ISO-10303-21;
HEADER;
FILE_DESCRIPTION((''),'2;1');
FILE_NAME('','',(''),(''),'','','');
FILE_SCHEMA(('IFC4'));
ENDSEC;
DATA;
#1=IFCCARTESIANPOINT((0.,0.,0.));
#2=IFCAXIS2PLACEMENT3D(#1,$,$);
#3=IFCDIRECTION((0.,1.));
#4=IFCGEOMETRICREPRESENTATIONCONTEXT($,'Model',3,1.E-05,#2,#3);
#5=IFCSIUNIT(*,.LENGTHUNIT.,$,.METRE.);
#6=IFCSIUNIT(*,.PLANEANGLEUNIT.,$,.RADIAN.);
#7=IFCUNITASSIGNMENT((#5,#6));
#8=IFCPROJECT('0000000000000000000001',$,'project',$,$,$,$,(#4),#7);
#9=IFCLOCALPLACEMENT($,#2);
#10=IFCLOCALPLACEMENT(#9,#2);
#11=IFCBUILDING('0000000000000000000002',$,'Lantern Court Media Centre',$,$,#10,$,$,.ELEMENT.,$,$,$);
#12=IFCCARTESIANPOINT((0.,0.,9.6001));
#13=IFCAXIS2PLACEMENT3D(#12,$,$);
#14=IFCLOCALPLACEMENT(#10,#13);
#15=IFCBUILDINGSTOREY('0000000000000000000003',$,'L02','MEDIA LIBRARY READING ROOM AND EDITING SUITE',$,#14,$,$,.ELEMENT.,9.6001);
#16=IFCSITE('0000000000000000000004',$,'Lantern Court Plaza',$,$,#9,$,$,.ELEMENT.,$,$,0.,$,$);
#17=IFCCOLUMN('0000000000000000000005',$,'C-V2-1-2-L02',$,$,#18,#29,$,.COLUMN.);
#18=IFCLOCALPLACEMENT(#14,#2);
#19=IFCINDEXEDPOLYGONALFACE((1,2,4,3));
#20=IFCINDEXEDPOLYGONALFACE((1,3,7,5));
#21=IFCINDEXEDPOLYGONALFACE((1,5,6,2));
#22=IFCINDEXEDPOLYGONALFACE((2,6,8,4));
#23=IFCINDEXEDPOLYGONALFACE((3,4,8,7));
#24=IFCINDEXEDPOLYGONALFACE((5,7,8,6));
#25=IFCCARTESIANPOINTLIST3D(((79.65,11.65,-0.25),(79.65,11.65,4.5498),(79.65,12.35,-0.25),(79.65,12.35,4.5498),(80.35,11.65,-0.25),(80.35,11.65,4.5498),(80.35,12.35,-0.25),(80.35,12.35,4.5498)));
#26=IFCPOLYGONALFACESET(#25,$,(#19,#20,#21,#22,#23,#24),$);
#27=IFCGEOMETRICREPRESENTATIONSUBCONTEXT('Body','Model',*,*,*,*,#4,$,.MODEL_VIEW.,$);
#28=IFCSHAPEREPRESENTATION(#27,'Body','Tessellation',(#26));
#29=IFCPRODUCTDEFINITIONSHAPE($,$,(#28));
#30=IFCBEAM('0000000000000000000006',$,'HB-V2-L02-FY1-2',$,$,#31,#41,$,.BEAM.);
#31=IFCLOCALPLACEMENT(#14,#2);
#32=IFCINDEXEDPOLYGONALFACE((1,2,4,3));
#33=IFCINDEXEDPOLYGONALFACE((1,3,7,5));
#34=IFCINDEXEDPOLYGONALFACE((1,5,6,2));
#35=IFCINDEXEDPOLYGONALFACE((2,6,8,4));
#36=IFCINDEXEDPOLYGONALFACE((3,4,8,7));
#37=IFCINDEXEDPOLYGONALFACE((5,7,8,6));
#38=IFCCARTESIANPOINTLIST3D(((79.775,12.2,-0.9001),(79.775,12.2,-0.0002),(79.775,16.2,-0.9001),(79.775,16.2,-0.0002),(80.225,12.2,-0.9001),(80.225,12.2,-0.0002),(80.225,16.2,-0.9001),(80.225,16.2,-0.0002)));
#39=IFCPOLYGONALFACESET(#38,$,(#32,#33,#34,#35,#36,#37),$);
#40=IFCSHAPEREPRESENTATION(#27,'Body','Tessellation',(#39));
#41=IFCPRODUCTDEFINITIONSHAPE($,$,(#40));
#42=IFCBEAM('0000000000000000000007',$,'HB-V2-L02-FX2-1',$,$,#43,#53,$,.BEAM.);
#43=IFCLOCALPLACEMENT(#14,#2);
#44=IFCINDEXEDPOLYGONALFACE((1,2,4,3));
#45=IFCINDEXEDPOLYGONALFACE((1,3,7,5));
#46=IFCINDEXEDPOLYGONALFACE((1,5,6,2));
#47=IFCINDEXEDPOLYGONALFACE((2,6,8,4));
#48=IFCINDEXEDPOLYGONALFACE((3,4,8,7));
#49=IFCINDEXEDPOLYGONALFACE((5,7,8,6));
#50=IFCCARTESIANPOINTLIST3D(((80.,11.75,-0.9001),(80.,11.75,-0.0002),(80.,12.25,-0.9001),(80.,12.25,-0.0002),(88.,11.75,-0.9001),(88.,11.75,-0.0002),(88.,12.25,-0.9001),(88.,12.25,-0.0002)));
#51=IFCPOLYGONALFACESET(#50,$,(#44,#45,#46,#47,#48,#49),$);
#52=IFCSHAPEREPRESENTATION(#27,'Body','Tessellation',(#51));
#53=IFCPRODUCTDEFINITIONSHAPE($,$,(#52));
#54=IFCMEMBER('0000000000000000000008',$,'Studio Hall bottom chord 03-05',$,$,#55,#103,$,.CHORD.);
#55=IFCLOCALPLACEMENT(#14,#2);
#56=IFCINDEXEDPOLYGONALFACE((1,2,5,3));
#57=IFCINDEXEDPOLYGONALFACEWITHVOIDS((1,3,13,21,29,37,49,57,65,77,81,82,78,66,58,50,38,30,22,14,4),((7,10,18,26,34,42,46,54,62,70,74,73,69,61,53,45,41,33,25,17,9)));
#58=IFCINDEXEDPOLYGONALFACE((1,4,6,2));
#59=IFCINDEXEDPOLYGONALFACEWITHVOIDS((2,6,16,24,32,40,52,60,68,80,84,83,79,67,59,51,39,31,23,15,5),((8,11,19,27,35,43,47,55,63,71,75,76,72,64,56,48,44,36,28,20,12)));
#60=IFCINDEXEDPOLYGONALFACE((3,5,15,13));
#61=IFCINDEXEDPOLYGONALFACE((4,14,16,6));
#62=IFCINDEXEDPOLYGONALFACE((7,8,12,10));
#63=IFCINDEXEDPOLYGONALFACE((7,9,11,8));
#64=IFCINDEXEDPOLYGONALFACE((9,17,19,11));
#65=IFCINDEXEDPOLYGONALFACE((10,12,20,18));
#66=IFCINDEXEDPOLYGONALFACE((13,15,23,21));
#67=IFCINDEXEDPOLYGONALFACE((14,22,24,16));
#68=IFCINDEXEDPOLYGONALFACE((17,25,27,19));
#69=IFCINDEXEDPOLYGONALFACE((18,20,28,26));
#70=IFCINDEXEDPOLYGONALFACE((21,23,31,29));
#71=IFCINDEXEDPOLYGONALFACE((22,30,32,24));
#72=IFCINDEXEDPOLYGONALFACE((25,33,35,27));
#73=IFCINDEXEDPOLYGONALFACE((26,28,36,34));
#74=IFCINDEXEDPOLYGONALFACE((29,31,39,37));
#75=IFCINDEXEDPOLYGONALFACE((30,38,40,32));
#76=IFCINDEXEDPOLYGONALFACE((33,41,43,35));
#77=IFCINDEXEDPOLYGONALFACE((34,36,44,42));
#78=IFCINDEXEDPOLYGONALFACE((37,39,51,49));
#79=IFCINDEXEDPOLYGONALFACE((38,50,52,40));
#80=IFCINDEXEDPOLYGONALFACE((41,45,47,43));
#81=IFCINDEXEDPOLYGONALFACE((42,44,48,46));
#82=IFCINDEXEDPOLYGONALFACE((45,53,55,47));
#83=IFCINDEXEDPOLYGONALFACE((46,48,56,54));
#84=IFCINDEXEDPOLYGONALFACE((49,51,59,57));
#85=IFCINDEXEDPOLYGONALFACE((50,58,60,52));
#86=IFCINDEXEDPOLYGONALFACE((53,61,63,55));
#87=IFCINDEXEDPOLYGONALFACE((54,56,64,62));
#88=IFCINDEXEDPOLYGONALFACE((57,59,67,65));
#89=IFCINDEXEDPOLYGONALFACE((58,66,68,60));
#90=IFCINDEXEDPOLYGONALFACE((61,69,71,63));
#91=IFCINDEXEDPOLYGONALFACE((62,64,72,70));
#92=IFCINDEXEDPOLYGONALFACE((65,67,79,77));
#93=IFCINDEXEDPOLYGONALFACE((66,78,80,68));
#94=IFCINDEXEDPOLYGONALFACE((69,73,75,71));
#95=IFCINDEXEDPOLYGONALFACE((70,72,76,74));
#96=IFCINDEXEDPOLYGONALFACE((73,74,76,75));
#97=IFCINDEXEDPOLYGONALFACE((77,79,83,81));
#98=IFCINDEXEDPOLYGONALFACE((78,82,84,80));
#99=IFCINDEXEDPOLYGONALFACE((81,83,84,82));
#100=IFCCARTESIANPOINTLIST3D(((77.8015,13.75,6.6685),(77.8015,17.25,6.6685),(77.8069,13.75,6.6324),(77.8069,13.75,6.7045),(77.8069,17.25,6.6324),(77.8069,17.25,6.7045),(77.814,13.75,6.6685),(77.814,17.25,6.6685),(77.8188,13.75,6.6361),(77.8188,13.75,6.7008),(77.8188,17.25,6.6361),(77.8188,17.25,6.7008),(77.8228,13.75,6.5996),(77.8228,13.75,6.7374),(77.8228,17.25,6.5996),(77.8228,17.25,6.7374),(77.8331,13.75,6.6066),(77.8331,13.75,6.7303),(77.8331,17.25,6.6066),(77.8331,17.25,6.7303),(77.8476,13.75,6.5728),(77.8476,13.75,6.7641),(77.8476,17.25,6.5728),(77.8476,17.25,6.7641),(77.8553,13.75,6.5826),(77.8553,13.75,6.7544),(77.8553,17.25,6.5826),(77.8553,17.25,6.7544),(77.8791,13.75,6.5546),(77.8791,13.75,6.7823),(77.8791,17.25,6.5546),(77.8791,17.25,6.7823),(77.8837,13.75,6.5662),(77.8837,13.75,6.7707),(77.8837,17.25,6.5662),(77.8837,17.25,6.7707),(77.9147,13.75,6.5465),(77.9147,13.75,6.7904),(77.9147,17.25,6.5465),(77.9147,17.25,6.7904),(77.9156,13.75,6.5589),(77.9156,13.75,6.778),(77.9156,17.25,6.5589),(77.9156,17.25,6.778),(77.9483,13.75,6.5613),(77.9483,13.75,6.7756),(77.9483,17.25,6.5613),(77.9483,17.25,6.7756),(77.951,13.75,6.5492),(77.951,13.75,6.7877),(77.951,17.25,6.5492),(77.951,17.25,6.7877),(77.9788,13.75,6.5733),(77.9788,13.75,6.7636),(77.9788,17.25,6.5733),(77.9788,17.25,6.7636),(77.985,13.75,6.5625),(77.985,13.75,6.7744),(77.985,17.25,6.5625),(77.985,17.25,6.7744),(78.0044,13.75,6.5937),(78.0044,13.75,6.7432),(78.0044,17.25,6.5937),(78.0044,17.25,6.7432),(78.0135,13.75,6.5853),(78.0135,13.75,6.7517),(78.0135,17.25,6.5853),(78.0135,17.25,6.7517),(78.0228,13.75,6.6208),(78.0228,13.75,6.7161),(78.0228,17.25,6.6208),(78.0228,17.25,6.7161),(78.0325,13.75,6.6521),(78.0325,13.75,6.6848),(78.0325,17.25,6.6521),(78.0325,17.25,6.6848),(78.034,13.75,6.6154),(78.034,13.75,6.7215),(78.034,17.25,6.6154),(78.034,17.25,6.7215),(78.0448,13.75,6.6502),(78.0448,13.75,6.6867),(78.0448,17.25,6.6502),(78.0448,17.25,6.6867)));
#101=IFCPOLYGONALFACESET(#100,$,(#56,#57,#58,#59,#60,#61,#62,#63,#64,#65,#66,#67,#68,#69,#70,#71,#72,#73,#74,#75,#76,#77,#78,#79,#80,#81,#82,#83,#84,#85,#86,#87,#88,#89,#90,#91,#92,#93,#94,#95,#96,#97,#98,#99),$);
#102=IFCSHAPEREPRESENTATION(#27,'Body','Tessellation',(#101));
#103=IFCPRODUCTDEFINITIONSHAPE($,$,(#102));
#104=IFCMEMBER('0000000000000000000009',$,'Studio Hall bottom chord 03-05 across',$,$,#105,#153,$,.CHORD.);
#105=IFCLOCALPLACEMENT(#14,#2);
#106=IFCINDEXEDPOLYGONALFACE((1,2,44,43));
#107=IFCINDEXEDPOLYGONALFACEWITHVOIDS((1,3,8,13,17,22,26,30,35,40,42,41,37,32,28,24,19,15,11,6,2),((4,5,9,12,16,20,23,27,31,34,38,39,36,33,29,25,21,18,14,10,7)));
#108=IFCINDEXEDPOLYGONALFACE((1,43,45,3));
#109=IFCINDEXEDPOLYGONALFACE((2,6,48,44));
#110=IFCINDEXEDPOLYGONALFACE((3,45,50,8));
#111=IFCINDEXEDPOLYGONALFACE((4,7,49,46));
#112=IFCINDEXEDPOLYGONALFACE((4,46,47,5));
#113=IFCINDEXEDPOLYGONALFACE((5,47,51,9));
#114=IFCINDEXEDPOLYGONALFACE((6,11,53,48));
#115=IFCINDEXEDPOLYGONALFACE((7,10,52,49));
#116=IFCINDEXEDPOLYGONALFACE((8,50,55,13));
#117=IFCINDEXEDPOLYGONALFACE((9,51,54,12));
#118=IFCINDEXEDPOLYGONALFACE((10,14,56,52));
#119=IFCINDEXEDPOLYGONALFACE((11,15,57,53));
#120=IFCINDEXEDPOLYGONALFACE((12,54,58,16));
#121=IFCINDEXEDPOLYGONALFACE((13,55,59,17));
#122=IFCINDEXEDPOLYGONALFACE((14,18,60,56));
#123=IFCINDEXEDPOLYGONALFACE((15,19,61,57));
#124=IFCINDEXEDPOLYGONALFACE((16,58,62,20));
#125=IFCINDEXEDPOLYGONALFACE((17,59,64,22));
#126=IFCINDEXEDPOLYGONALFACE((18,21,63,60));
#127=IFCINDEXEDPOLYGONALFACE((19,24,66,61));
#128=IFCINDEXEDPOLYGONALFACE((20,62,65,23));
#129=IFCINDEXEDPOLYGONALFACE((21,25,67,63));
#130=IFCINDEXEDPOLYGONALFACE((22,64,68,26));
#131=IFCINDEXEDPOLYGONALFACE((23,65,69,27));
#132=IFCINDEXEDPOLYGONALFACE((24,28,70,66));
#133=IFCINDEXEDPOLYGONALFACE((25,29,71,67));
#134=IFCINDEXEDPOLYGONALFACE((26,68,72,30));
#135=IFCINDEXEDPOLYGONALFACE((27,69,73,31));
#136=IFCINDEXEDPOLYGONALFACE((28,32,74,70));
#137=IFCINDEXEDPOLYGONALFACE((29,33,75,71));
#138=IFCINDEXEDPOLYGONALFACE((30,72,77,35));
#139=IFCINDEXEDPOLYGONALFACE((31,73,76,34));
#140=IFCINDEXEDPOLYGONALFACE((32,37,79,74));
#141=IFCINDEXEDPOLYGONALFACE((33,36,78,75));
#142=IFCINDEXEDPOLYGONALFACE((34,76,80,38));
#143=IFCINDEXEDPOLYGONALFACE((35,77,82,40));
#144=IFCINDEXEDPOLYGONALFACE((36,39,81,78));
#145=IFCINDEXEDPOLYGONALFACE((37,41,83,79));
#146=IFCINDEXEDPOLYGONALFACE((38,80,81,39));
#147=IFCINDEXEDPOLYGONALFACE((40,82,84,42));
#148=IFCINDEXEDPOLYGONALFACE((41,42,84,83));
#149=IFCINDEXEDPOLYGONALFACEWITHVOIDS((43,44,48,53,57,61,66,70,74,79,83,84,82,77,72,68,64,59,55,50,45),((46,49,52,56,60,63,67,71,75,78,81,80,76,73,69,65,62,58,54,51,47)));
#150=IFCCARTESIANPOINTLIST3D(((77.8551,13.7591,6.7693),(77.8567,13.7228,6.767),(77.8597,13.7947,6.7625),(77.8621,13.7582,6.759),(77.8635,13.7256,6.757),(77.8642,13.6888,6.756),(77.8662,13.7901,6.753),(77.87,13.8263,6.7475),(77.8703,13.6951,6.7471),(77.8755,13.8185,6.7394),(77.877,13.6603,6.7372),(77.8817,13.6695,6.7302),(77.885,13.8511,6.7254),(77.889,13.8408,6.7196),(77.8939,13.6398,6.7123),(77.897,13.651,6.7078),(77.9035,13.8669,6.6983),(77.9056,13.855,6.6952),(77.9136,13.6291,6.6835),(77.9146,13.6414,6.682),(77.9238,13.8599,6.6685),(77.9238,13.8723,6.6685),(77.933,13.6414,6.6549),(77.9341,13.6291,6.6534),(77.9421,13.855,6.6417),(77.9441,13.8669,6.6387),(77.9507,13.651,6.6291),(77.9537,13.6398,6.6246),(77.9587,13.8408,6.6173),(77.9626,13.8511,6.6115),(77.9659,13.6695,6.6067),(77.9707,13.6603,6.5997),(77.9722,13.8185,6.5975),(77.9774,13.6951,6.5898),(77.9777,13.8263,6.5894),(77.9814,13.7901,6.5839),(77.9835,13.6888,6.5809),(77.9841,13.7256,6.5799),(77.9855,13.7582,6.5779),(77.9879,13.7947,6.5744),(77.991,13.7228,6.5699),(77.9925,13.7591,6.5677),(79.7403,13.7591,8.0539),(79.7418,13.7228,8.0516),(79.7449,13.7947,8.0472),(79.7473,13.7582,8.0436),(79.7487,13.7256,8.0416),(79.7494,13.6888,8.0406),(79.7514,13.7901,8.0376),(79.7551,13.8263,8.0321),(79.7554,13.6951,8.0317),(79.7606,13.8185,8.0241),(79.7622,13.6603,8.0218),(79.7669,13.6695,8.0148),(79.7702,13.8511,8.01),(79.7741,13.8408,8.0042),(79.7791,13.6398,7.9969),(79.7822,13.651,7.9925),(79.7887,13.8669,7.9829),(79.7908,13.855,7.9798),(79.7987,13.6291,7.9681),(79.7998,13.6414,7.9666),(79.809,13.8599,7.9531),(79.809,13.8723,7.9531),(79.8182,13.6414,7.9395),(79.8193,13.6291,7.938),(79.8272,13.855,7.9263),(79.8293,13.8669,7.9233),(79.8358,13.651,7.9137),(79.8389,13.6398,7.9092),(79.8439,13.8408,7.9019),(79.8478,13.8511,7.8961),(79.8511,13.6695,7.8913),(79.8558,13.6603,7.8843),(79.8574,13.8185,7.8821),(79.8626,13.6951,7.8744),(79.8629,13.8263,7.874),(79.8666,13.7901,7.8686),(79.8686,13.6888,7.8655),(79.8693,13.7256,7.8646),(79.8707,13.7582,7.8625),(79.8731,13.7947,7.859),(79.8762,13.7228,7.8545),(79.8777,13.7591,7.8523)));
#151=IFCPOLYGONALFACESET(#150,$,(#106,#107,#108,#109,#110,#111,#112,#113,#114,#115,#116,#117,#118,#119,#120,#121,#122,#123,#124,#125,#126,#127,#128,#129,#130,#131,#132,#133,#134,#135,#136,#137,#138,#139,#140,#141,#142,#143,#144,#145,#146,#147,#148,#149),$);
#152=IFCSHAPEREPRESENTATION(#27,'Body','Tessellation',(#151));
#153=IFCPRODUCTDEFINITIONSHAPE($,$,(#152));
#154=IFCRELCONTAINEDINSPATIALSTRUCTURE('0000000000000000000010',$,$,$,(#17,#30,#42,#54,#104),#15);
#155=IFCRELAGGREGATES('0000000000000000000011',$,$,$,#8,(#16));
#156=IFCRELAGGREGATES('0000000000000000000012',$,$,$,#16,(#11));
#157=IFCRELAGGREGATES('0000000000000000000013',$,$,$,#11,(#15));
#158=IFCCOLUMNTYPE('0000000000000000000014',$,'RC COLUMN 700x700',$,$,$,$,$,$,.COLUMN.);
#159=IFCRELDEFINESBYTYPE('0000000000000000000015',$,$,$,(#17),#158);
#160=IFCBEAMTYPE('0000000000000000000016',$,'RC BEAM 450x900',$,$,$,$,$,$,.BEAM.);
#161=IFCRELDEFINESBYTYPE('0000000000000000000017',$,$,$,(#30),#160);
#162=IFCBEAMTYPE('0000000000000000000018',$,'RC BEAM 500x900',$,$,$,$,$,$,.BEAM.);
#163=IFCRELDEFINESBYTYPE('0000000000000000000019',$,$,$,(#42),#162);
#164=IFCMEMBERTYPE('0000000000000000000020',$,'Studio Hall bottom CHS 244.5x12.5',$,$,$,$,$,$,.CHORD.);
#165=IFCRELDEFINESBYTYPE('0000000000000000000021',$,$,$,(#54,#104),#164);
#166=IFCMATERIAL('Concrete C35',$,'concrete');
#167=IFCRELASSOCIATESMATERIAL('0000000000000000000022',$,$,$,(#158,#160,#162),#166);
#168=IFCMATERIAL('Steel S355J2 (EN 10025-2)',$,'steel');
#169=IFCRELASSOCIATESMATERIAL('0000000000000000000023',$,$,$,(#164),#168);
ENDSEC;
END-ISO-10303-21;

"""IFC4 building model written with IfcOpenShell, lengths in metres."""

from ifc_helpers import new_model, si_unit, direction, frame, origin, origin_2d, place, context, subcontext, project, spatial, rectangle, hollow_circle, extrude, material, material_profile, profile_set, type_object, element, save


model = new_model("IFC4")

# Units and contexts
model_context = context("Model", 3, precision=1e-05, world=origin(), true_north=direction((0.0, 1.0)))
body_context = subcontext(model_context, "Body", "Model", "MODEL_VIEW")
ifc_project = project(units=[si_unit("LENGTHUNIT", "METRE"), si_unit("PLANEANGLEUNIT", "RADIAN")], contexts=[model_context])

# Site, building, storey
site_placement = place(None, origin())
site = spatial("IfcSite", under=ifc_project, at=site_placement, Name="Lantern Court Plaza", CompositionType="ELEMENT", RefElevation=0.0)
building_placement = place(site_placement, origin())
building = spatial("IfcBuilding", under=site, at=building_placement, Name="Lantern Court Media Centre", CompositionType="ELEMENT")
storey_placement = place(building_placement, frame((0.0, 0.0, 9.6001)))
storey = spatial("IfcBuildingStorey", under=building, at=storey_placement, Name="L02", Description="MEDIA LIBRARY READING ROOM AND EDITING SUITE", CompositionType="ELEMENT", Elevation=9.6001)

# Column
ifc_material_1 = material(Name="Concrete C35", Category="concrete")
ifc_material_profile_1 = material_profile(ifc_material_1, rectangle(XDim=0.7, YDim=0.7, at=origin_2d()), Name="RC 700x700")
ifc_profile_set_1 = profile_set([ifc_material_profile_1], Name="Concrete C35")
column_type = type_object("IfcColumnType", Name="RC COLUMN 700x700", PredefinedType="COLUMN", material=ifc_profile_set_1)
column_placement = place(storey_placement, frame((80.0, 12.0, -0.25), z_axis=(0.0, 0.0, 1.0), x_axis=(1.0, 0.0, 0.0)))
element("IfcColumn", 1, at=column_placement, inside=storey, type_object=column_type, Name="C-V2-1-2-L02", PredefinedType="COLUMN", context=body_context, shape_type="SweptSolid", body=[
    extrude(rectangle(XDim=0.7, YDim=0.7, at=origin_2d()), origin(), (0.0, 0.0, 1.0), 4.7998),
])

# Beams
ifc_material_profile_2 = material_profile(ifc_material_1, rectangle(XDim=0.45, YDim=0.8999, at=origin_2d()), Name="RC 450x900")
ifc_profile_set_2 = profile_set([ifc_material_profile_2], Name="Concrete C35")
beam_type_1 = type_object("IfcBeamType", Name="RC BEAM 450x900", PredefinedType="BEAM", material=ifc_profile_set_2)
beam_1_placement = place(storey_placement, frame((80.0, 12.2, -0.4502), z_axis=(0.0, 1.0, 0.0), x_axis=(-1.0, 0.0, 0.0)))
element("IfcBeam", 2, at=beam_1_placement, inside=storey, type_object=beam_type_1, Name="HB-V2-L02-FY1-2", PredefinedType="BEAM", context=body_context, shape_type="SweptSolid", body=[
    extrude(rectangle(XDim=0.45, YDim=0.8999, at=origin_2d()), origin(), (0.0, 0.0, 1.0), 4.0),
])
ifc_material_profile_3 = material_profile(ifc_material_1, rectangle(XDim=0.5, YDim=0.8999, at=origin_2d()), Name="RC 500x900")
ifc_profile_set_3 = profile_set([ifc_material_profile_3], Name="Concrete C35")
beam_type_2 = type_object("IfcBeamType", Name="RC BEAM 500x900", PredefinedType="BEAM", material=ifc_profile_set_3)
beam_2_placement = place(storey_placement, frame((80.0, 12.0, -0.4502), z_axis=(1.0, 0.0, 0.0), x_axis=(0.0, 1.0, 0.0)))
element("IfcBeam", 3, at=beam_2_placement, inside=storey, type_object=beam_type_2, Name="HB-V2-L02-FX2-1", PredefinedType="BEAM", context=body_context, shape_type="SweptSolid", body=[
    extrude(rectangle(XDim=0.5, YDim=0.8999, at=origin_2d()), origin(), (0.0, 0.0, 1.0), 8.0),
])

# Members
ifc_material_2 = material(Name="Steel S355J2 (EN 10025-2)", Category="steel")
ifc_material_profile_4 = material_profile(ifc_material_2, hollow_circle(Radius=0.1223, WallThickness=0.0125, at=origin_2d()), Name="Studio Hall bottom CHS 244.5x12.5")
ifc_profile_set_4 = profile_set([ifc_material_profile_4], Name="Steel S355J2 (EN 10025-2)")
member_type_1 = type_object("IfcMemberType", Name="Studio Hall bottom CHS 244.5x12.5", PredefinedType="CHORD", material=ifc_profile_set_4)
member_1_placement = place(storey_placement, frame((77.9238, 13.75, 6.6685), z_axis=(0.0, 1.0, 0.0), x_axis=(-1.0, 0.0, 0.0)))
element("IfcMember", 4, at=member_1_placement, inside=storey, type_object=member_type_1, Name="Studio Hall bottom chord 03-05", PredefinedType="CHORD", context=body_context, shape_type="SweptSolid", body=[
    extrude(hollow_circle(Radius=0.1223, WallThickness=0.0125, at=origin_2d()), origin(), (0.0, 0.0, 1.0), 3.5),
])
member_2_placement = place(storey_placement, frame((77.9238, 13.75, 6.6685), z_axis=(0.826377, 0.0, 0.563118), x_axis=(0.0, 1.0, 0.0)))
element("IfcMember", 5, at=member_2_placement, inside=storey, type_object=member_type_1, Name="Studio Hall bottom chord 03-05 across", PredefinedType="CHORD", context=body_context, shape_type="SweptSolid", body=[
    extrude(hollow_circle(Radius=0.1223, WallThickness=0.0125, at=origin_2d()), origin(), (0.0, 0.0, 1.0), 2.2812),
])

save(model, "model.ifc")
